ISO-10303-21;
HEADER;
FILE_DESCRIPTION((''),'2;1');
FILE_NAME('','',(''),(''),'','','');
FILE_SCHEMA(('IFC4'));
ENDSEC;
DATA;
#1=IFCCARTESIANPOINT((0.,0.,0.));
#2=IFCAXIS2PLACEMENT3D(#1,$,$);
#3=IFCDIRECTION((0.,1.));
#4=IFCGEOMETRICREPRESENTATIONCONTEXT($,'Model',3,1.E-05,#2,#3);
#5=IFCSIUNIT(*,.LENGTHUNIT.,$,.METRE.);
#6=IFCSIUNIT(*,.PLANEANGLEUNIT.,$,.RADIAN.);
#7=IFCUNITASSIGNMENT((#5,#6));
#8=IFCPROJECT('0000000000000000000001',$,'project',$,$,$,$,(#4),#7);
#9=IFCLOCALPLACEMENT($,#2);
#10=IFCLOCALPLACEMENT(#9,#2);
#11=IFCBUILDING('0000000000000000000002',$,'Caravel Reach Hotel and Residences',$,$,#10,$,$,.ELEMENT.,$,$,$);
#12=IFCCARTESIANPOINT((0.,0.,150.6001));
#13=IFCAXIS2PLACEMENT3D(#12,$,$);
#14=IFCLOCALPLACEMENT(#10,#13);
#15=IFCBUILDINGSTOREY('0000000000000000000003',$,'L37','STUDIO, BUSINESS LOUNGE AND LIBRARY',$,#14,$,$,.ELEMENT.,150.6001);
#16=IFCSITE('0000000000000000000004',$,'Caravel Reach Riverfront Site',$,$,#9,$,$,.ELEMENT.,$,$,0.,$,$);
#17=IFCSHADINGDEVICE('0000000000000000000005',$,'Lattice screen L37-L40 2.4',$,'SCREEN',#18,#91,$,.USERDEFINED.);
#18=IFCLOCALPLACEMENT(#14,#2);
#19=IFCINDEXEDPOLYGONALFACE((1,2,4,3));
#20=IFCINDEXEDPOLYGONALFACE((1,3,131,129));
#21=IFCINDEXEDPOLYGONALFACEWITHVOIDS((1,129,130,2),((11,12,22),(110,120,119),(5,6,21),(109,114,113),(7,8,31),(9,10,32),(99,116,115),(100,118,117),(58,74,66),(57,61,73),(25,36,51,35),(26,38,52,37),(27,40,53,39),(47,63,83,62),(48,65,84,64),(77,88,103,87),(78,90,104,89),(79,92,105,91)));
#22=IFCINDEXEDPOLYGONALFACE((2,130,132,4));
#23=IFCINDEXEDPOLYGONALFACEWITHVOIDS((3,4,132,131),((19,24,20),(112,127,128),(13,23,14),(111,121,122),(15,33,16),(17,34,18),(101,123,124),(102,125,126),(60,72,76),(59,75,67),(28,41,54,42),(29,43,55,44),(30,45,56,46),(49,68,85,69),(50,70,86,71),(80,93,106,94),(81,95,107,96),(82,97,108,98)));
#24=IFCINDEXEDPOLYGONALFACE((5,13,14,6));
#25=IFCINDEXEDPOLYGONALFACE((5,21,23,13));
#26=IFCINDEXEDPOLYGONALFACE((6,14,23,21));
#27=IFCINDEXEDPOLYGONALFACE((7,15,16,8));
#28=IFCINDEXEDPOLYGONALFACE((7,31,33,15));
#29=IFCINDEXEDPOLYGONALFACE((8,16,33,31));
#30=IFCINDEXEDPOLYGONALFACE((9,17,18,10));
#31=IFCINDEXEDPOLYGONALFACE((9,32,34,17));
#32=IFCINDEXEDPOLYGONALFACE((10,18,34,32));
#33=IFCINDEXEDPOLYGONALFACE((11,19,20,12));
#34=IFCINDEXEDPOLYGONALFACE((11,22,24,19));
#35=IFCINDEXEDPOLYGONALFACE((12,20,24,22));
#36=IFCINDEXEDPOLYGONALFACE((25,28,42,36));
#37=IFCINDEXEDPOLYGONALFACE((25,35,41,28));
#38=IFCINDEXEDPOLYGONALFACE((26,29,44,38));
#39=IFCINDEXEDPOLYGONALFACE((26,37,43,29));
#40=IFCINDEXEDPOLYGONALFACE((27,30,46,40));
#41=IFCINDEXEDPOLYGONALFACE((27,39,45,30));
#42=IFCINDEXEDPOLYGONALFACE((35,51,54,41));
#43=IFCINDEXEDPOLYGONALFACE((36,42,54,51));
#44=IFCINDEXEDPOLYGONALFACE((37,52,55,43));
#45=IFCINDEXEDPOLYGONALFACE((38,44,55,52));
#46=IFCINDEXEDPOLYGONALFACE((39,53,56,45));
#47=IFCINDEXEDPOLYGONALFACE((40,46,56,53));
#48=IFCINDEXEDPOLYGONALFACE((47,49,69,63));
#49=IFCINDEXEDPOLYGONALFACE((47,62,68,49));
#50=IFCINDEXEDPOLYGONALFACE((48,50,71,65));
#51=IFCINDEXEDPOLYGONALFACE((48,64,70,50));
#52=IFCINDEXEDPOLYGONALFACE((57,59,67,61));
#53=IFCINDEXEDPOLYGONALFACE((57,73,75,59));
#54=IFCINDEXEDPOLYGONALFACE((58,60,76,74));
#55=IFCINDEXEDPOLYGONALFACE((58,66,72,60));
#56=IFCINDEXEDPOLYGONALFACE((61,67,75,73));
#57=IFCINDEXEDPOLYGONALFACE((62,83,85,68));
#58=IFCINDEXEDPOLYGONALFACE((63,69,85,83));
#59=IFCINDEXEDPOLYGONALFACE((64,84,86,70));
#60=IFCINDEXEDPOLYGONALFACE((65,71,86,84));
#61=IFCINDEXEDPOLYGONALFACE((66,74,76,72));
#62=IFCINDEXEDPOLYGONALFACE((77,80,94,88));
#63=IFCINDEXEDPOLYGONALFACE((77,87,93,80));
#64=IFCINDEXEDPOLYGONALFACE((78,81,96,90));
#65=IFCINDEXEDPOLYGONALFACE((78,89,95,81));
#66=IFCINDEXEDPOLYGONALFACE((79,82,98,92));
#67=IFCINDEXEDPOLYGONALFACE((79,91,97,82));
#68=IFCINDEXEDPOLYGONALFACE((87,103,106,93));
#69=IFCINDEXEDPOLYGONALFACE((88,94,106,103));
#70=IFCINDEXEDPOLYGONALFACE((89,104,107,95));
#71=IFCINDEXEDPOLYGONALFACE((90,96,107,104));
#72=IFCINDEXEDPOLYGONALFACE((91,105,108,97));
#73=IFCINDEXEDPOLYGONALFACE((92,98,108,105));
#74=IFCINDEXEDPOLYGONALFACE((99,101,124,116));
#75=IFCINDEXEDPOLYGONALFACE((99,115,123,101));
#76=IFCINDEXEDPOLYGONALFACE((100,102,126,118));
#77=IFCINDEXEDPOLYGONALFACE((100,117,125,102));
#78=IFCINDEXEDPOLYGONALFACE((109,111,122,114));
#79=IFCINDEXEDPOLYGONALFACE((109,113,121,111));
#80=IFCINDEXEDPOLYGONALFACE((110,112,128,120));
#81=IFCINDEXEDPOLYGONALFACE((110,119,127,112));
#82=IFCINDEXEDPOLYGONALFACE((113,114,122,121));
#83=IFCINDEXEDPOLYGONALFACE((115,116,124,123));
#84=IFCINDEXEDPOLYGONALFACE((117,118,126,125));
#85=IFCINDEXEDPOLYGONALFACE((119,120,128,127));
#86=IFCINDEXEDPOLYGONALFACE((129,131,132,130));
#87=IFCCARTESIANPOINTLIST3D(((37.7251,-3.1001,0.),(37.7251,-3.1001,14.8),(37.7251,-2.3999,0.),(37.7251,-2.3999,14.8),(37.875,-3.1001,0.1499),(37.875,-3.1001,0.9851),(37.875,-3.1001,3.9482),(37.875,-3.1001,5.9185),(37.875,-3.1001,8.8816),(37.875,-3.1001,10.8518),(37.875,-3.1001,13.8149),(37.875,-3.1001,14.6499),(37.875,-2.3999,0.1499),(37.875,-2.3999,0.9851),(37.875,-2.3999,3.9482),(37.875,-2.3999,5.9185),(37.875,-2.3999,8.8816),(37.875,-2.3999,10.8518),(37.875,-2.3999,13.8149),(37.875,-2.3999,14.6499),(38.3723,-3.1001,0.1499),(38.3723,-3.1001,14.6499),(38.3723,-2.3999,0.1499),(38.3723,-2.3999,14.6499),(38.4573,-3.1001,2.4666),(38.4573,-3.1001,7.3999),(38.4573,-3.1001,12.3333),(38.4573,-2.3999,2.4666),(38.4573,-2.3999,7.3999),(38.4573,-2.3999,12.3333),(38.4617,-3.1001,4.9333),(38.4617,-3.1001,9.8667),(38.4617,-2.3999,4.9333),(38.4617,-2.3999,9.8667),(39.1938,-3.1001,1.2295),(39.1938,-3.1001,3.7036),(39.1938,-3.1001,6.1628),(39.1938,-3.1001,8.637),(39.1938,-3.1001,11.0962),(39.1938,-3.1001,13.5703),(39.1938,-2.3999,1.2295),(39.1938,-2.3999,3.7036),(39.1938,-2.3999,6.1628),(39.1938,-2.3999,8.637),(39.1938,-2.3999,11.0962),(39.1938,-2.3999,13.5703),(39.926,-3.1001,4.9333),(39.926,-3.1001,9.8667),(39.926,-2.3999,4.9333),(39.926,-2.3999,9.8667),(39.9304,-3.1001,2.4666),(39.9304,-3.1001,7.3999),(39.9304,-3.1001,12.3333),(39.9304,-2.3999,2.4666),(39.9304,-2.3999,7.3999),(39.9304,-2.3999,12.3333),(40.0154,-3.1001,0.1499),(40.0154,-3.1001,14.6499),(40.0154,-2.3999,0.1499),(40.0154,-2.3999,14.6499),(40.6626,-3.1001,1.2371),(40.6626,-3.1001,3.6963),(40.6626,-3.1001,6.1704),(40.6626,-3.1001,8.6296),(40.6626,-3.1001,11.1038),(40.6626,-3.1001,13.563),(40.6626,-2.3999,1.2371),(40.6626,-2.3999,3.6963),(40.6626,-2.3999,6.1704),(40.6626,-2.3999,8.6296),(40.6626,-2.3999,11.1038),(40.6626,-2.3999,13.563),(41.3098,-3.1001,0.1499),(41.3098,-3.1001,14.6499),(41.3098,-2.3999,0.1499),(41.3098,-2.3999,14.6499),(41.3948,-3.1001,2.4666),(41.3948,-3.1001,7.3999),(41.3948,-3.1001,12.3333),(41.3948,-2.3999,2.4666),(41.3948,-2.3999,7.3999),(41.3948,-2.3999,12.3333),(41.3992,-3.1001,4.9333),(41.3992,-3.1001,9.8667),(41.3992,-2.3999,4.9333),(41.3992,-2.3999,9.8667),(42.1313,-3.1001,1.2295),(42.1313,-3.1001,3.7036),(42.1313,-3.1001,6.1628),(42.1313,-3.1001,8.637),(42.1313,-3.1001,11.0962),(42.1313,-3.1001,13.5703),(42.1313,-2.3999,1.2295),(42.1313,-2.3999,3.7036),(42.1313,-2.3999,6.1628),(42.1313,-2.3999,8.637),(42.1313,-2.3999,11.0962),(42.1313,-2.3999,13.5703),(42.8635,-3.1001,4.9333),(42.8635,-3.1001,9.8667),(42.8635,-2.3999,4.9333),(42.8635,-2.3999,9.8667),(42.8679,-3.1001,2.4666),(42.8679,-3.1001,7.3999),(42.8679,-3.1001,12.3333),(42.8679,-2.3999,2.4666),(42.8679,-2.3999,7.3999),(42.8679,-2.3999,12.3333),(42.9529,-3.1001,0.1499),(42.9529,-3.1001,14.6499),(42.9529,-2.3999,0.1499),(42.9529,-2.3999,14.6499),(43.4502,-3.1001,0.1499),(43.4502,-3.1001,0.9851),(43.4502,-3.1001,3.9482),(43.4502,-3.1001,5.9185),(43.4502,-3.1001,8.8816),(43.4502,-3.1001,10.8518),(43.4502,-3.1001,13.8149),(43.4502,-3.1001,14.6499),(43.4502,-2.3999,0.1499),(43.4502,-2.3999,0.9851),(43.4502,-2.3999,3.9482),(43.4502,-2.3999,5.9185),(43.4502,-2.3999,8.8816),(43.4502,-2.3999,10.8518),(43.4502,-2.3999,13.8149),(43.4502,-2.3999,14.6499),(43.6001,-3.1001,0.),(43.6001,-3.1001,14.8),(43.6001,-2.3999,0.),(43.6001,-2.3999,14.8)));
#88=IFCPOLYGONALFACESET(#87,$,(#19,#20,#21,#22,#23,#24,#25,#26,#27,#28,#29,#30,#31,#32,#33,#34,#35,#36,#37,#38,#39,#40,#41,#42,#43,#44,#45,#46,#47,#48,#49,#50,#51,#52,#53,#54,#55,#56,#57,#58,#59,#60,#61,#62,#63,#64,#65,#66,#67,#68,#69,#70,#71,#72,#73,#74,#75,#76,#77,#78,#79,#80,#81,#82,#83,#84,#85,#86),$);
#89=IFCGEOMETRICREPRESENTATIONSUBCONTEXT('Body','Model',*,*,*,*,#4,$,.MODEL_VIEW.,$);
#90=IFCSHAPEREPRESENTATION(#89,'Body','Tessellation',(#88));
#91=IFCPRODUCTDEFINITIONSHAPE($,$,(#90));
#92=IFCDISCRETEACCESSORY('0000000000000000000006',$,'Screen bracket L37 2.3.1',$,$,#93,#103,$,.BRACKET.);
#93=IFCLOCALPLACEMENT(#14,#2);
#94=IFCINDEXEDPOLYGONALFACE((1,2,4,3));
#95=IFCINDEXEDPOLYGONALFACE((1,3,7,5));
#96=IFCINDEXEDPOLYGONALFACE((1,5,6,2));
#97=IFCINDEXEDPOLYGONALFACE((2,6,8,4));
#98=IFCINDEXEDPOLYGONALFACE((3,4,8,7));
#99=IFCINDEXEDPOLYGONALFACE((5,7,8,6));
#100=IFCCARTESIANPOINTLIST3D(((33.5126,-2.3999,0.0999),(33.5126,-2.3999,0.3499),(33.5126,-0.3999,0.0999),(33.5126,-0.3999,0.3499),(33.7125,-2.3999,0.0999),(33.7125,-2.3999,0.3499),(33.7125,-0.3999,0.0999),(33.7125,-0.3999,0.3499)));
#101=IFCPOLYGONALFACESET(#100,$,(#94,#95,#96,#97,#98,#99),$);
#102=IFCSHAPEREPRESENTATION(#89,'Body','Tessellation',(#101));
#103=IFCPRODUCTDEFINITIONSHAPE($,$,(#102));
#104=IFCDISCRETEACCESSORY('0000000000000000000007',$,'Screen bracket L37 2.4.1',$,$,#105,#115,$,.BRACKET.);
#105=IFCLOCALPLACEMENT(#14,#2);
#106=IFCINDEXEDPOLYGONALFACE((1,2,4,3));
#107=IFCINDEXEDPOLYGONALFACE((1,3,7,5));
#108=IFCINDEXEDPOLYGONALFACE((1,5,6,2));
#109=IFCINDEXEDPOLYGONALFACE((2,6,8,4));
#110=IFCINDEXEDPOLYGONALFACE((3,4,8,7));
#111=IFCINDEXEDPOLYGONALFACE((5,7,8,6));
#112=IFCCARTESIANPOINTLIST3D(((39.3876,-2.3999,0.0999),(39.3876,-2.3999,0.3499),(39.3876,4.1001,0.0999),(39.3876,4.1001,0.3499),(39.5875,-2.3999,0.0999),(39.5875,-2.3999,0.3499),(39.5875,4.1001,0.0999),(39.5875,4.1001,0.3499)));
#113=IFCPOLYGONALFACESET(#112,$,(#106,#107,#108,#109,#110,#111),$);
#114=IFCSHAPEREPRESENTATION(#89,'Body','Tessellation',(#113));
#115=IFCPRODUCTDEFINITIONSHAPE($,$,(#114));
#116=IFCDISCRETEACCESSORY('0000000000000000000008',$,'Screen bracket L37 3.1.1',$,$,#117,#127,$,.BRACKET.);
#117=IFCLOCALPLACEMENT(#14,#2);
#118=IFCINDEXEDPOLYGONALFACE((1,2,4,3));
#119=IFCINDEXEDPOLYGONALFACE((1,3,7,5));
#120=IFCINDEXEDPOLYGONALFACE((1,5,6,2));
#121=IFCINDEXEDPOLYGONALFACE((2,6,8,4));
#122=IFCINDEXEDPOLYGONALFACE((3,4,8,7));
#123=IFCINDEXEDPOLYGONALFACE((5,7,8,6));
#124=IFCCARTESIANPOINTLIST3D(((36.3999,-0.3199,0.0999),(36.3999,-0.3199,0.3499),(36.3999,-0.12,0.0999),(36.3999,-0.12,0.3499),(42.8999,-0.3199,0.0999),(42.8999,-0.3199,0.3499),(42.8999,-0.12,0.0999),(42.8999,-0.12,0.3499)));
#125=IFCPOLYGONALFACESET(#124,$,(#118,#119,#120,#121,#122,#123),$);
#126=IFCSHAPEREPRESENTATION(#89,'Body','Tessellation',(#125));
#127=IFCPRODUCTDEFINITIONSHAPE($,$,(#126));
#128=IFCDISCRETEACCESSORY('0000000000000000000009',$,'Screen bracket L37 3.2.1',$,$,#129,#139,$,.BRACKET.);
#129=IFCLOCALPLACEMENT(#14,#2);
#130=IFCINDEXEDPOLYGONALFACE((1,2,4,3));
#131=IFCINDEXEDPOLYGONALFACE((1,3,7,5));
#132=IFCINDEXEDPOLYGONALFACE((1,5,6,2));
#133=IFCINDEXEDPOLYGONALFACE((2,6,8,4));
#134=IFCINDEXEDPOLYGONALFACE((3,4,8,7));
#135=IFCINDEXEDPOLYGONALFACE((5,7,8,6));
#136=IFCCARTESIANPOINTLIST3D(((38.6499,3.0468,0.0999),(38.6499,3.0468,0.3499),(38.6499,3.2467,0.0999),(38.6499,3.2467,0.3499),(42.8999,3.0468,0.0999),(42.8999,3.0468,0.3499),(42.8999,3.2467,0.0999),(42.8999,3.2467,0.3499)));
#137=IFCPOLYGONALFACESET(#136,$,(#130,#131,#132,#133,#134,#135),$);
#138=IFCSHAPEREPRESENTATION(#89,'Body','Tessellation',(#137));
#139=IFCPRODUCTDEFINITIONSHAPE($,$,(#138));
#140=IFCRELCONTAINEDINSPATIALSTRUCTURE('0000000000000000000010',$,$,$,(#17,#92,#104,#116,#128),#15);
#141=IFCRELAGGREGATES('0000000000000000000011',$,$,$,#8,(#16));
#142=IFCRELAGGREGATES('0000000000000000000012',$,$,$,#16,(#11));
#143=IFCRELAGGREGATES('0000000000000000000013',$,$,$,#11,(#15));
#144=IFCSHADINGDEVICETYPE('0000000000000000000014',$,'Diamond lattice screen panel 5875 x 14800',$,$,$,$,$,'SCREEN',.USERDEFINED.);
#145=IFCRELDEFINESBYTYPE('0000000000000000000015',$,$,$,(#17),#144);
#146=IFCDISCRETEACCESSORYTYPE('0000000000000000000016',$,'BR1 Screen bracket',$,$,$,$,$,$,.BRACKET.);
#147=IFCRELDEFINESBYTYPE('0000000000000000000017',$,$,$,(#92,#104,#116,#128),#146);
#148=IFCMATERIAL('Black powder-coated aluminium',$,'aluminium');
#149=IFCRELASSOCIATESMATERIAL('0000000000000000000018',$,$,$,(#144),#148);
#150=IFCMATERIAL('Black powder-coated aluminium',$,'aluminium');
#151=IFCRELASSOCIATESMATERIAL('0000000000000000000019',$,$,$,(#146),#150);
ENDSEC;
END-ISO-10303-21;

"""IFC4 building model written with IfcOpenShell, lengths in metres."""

from ifc_helpers import new_model, si_unit, direction, frame, origin, origin_2d, place, context, subcontext, project, spatial, polyline, rectangle, outline, extrude, material, type_object, element, save


model = new_model("IFC4")

# Units and contexts
model_context = context("Model", 3, precision=1e-05, world=origin(), true_north=direction((0.0, 1.0)))
body_context = subcontext(model_context, "Body", "Model", "MODEL_VIEW")
ifc_project = project(units=[si_unit("LENGTHUNIT", "METRE"), si_unit("PLANEANGLEUNIT", "RADIAN")], contexts=[model_context])

# Site, building, storey
site_placement = place(None, origin())
site = spatial("IfcSite", under=ifc_project, at=site_placement, Name="Caravel Reach Riverfront Site", CompositionType="ELEMENT", RefElevation=0.0)
building_placement = place(site_placement, origin())
building = spatial("IfcBuilding", under=site, at=building_placement, Name="Caravel Reach Hotel and Residences", CompositionType="ELEMENT")
storey_placement = place(building_placement, frame((0.0, 0.0, 150.6001)))
storey = spatial("IfcBuildingStorey", under=building, at=storey_placement, Name="L37", Description="STUDIO, BUSINESS LOUNGE AND LIBRARY", CompositionType="ELEMENT", Elevation=150.6001)

# Shading device
ifc_material_1 = material(Name="Black powder-coated aluminium", Category="aluminium")
shading_device_type = type_object("IfcShadingDeviceType", Name="Diamond lattice screen panel 5875 x 14800", ElementType="SCREEN", PredefinedType="USERDEFINED", material=ifc_material_1)
shading_device_1_placement = place(storey_placement, frame((37.7251, -2.3999, 0.0), z_axis=(0.0, -1.0, 0.0), x_axis=(1.0, 0.0, 0.0)))
element("IfcShadingDevice", 1, at=shading_device_1_placement, inside=storey, type_object=shading_device_type, Name="Lattice screen L37-L40 2.4", ObjectType="SCREEN", PredefinedType="USERDEFINED", context=body_context, shape_type="SweptSolid", body=[
    extrude(outline(polyline([(0.0, 0.0), (5.875, 0.0), (5.875, 14.8), (0.0, 14.8), (0.0, 0.0)]), holes=[polyline([(0.6472, 0.1499), (0.1499, 0.9851), (0.1499, 0.1499), (0.6472, 0.1499)]), polyline([(0.7366, 4.9333), (0.1499, 5.9185), (0.1499, 3.9482), (0.7366, 4.9333)]), polyline([(0.7366, 9.8667), (0.1499, 10.8518), (0.1499, 8.8816), (0.7366, 9.8667)]), polyline([(0.1499, 13.8149), (0.6472, 14.6499), (0.1499, 14.6499), (0.1499, 13.8149)]), polyline([(1.4688, 3.7036), (0.7322, 2.4666), (1.4688, 1.2295), (2.2053, 2.4666), (1.4688, 3.7036)]), polyline([(1.4688, 8.637), (0.7322, 7.3999), (1.4688, 6.1628), (2.2053, 7.3999), (1.4688, 8.637)]), polyline([(1.4688, 13.5703), (0.7322, 12.3333), (1.4688, 11.0962), (2.2053, 12.3333), (1.4688, 13.5703)]), polyline([(2.9375, 1.2371), (2.2903, 0.1499), (3.5847, 0.1499), (2.9375, 1.2371)]), polyline([(2.9375, 6.1704), (2.2009, 4.9333), (2.9375, 3.6963), (3.6741, 4.9333), (2.9375, 6.1704)]), polyline([(2.9375, 11.1038), (2.2009, 9.8667), (2.9375, 8.6296), (3.6741, 9.8667), (2.9375, 11.1038)]), polyline([(2.9375, 13.563), (3.5847, 14.6499), (2.2903, 14.6499), (2.9375, 13.563)]), polyline([(4.4062, 3.7036), (3.6697, 2.4666), (4.4062, 1.2295), (5.1428, 2.4666), (4.4062, 3.7036)]), polyline([(4.4062, 8.637), (3.6697, 7.3999), (4.4062, 6.1628), (5.1428, 7.3999), (4.4062, 8.637)]), polyline([(4.4062, 13.5703), (3.6697, 12.3333), (4.4062, 11.0962), (5.1428, 12.3333), (4.4062, 13.5703)]), polyline([(5.7251, 0.9851), (5.2278, 0.1499), (5.7251, 0.1499), (5.7251, 0.9851)]), polyline([(5.1384, 4.9333), (5.7251, 3.9482), (5.7251, 5.9185), (5.1384, 4.9333)]), polyline([(5.1384, 9.8667), (5.7251, 8.8816), (5.7251, 10.8518), (5.1384, 9.8667)]), polyline([(5.2278, 14.6499), (5.7251, 13.8149), (5.7251, 14.6499), (5.2278, 14.6499)])]), origin(), (0.0, 0.0, 1.0), 0.7002),
])

# Discrete accessories
ifc_material_2 = material(Name="Black powder-coated aluminium", Category="aluminium")
discrete_accessory_type = type_object("IfcDiscreteAccessoryType", Name="BR1 Screen bracket", PredefinedType="BRACKET", material=ifc_material_2)
discrete_accessory_1_placement = place(storey_placement, frame((33.6125, -1.3999, 0.0999), z_axis=(0.0, 0.0, 1.0), x_axis=(0.0, -1.0, 0.0)))
element("IfcDiscreteAccessory", 2, at=discrete_accessory_1_placement, inside=storey, type_object=discrete_accessory_type, Name="Screen bracket L37 2.3.1", PredefinedType="BRACKET", context=body_context, shape_type="SweptSolid", body=[
    extrude(rectangle(XDim=2.0, YDim=0.2, at=origin_2d()), origin(), (0.0, 0.0, 1.0), 0.25),
])
for number, where, z_axis, x_axis, name in (
    (3, (39.4875, 0.8501, 0.0999), (0.0, 0.0, 1.0), (0.0, -1.0, 0.0), "Screen bracket L37 2.4.1"),
    (4, (39.6499, -0.22, 0.0999), (0.0, 0.0, 1.0), (1.0, 0.0, 0.0), "Screen bracket L37 3.1.1"),
):
    element("IfcDiscreteAccessory", number, at=place(storey_placement, frame(where, z_axis=z_axis, x_axis=x_axis)), inside=storey, type_object=discrete_accessory_type, Name=name, PredefinedType="BRACKET", context=body_context, shape_type="SweptSolid", body=[
        extrude(rectangle(XDim=6.5, YDim=0.2, at=origin_2d()), origin(), (0.0, 0.0, 1.0), 0.25),
    ])
discrete_accessory_2_placement = place(storey_placement, frame((40.7749, 3.1467, 0.0999), z_axis=(0.0, 0.0, 1.0), x_axis=(1.0, 0.0, 0.0)))
element("IfcDiscreteAccessory", 5, at=discrete_accessory_2_placement, inside=storey, type_object=discrete_accessory_type, Name="Screen bracket L37 3.2.1", PredefinedType="BRACKET", context=body_context, shape_type="SweptSolid", body=[
    extrude(rectangle(XDim=4.25, YDim=0.2, at=origin_2d()), origin(), (0.0, 0.0, 1.0), 0.25),
])

save(model, "model.ifc")
